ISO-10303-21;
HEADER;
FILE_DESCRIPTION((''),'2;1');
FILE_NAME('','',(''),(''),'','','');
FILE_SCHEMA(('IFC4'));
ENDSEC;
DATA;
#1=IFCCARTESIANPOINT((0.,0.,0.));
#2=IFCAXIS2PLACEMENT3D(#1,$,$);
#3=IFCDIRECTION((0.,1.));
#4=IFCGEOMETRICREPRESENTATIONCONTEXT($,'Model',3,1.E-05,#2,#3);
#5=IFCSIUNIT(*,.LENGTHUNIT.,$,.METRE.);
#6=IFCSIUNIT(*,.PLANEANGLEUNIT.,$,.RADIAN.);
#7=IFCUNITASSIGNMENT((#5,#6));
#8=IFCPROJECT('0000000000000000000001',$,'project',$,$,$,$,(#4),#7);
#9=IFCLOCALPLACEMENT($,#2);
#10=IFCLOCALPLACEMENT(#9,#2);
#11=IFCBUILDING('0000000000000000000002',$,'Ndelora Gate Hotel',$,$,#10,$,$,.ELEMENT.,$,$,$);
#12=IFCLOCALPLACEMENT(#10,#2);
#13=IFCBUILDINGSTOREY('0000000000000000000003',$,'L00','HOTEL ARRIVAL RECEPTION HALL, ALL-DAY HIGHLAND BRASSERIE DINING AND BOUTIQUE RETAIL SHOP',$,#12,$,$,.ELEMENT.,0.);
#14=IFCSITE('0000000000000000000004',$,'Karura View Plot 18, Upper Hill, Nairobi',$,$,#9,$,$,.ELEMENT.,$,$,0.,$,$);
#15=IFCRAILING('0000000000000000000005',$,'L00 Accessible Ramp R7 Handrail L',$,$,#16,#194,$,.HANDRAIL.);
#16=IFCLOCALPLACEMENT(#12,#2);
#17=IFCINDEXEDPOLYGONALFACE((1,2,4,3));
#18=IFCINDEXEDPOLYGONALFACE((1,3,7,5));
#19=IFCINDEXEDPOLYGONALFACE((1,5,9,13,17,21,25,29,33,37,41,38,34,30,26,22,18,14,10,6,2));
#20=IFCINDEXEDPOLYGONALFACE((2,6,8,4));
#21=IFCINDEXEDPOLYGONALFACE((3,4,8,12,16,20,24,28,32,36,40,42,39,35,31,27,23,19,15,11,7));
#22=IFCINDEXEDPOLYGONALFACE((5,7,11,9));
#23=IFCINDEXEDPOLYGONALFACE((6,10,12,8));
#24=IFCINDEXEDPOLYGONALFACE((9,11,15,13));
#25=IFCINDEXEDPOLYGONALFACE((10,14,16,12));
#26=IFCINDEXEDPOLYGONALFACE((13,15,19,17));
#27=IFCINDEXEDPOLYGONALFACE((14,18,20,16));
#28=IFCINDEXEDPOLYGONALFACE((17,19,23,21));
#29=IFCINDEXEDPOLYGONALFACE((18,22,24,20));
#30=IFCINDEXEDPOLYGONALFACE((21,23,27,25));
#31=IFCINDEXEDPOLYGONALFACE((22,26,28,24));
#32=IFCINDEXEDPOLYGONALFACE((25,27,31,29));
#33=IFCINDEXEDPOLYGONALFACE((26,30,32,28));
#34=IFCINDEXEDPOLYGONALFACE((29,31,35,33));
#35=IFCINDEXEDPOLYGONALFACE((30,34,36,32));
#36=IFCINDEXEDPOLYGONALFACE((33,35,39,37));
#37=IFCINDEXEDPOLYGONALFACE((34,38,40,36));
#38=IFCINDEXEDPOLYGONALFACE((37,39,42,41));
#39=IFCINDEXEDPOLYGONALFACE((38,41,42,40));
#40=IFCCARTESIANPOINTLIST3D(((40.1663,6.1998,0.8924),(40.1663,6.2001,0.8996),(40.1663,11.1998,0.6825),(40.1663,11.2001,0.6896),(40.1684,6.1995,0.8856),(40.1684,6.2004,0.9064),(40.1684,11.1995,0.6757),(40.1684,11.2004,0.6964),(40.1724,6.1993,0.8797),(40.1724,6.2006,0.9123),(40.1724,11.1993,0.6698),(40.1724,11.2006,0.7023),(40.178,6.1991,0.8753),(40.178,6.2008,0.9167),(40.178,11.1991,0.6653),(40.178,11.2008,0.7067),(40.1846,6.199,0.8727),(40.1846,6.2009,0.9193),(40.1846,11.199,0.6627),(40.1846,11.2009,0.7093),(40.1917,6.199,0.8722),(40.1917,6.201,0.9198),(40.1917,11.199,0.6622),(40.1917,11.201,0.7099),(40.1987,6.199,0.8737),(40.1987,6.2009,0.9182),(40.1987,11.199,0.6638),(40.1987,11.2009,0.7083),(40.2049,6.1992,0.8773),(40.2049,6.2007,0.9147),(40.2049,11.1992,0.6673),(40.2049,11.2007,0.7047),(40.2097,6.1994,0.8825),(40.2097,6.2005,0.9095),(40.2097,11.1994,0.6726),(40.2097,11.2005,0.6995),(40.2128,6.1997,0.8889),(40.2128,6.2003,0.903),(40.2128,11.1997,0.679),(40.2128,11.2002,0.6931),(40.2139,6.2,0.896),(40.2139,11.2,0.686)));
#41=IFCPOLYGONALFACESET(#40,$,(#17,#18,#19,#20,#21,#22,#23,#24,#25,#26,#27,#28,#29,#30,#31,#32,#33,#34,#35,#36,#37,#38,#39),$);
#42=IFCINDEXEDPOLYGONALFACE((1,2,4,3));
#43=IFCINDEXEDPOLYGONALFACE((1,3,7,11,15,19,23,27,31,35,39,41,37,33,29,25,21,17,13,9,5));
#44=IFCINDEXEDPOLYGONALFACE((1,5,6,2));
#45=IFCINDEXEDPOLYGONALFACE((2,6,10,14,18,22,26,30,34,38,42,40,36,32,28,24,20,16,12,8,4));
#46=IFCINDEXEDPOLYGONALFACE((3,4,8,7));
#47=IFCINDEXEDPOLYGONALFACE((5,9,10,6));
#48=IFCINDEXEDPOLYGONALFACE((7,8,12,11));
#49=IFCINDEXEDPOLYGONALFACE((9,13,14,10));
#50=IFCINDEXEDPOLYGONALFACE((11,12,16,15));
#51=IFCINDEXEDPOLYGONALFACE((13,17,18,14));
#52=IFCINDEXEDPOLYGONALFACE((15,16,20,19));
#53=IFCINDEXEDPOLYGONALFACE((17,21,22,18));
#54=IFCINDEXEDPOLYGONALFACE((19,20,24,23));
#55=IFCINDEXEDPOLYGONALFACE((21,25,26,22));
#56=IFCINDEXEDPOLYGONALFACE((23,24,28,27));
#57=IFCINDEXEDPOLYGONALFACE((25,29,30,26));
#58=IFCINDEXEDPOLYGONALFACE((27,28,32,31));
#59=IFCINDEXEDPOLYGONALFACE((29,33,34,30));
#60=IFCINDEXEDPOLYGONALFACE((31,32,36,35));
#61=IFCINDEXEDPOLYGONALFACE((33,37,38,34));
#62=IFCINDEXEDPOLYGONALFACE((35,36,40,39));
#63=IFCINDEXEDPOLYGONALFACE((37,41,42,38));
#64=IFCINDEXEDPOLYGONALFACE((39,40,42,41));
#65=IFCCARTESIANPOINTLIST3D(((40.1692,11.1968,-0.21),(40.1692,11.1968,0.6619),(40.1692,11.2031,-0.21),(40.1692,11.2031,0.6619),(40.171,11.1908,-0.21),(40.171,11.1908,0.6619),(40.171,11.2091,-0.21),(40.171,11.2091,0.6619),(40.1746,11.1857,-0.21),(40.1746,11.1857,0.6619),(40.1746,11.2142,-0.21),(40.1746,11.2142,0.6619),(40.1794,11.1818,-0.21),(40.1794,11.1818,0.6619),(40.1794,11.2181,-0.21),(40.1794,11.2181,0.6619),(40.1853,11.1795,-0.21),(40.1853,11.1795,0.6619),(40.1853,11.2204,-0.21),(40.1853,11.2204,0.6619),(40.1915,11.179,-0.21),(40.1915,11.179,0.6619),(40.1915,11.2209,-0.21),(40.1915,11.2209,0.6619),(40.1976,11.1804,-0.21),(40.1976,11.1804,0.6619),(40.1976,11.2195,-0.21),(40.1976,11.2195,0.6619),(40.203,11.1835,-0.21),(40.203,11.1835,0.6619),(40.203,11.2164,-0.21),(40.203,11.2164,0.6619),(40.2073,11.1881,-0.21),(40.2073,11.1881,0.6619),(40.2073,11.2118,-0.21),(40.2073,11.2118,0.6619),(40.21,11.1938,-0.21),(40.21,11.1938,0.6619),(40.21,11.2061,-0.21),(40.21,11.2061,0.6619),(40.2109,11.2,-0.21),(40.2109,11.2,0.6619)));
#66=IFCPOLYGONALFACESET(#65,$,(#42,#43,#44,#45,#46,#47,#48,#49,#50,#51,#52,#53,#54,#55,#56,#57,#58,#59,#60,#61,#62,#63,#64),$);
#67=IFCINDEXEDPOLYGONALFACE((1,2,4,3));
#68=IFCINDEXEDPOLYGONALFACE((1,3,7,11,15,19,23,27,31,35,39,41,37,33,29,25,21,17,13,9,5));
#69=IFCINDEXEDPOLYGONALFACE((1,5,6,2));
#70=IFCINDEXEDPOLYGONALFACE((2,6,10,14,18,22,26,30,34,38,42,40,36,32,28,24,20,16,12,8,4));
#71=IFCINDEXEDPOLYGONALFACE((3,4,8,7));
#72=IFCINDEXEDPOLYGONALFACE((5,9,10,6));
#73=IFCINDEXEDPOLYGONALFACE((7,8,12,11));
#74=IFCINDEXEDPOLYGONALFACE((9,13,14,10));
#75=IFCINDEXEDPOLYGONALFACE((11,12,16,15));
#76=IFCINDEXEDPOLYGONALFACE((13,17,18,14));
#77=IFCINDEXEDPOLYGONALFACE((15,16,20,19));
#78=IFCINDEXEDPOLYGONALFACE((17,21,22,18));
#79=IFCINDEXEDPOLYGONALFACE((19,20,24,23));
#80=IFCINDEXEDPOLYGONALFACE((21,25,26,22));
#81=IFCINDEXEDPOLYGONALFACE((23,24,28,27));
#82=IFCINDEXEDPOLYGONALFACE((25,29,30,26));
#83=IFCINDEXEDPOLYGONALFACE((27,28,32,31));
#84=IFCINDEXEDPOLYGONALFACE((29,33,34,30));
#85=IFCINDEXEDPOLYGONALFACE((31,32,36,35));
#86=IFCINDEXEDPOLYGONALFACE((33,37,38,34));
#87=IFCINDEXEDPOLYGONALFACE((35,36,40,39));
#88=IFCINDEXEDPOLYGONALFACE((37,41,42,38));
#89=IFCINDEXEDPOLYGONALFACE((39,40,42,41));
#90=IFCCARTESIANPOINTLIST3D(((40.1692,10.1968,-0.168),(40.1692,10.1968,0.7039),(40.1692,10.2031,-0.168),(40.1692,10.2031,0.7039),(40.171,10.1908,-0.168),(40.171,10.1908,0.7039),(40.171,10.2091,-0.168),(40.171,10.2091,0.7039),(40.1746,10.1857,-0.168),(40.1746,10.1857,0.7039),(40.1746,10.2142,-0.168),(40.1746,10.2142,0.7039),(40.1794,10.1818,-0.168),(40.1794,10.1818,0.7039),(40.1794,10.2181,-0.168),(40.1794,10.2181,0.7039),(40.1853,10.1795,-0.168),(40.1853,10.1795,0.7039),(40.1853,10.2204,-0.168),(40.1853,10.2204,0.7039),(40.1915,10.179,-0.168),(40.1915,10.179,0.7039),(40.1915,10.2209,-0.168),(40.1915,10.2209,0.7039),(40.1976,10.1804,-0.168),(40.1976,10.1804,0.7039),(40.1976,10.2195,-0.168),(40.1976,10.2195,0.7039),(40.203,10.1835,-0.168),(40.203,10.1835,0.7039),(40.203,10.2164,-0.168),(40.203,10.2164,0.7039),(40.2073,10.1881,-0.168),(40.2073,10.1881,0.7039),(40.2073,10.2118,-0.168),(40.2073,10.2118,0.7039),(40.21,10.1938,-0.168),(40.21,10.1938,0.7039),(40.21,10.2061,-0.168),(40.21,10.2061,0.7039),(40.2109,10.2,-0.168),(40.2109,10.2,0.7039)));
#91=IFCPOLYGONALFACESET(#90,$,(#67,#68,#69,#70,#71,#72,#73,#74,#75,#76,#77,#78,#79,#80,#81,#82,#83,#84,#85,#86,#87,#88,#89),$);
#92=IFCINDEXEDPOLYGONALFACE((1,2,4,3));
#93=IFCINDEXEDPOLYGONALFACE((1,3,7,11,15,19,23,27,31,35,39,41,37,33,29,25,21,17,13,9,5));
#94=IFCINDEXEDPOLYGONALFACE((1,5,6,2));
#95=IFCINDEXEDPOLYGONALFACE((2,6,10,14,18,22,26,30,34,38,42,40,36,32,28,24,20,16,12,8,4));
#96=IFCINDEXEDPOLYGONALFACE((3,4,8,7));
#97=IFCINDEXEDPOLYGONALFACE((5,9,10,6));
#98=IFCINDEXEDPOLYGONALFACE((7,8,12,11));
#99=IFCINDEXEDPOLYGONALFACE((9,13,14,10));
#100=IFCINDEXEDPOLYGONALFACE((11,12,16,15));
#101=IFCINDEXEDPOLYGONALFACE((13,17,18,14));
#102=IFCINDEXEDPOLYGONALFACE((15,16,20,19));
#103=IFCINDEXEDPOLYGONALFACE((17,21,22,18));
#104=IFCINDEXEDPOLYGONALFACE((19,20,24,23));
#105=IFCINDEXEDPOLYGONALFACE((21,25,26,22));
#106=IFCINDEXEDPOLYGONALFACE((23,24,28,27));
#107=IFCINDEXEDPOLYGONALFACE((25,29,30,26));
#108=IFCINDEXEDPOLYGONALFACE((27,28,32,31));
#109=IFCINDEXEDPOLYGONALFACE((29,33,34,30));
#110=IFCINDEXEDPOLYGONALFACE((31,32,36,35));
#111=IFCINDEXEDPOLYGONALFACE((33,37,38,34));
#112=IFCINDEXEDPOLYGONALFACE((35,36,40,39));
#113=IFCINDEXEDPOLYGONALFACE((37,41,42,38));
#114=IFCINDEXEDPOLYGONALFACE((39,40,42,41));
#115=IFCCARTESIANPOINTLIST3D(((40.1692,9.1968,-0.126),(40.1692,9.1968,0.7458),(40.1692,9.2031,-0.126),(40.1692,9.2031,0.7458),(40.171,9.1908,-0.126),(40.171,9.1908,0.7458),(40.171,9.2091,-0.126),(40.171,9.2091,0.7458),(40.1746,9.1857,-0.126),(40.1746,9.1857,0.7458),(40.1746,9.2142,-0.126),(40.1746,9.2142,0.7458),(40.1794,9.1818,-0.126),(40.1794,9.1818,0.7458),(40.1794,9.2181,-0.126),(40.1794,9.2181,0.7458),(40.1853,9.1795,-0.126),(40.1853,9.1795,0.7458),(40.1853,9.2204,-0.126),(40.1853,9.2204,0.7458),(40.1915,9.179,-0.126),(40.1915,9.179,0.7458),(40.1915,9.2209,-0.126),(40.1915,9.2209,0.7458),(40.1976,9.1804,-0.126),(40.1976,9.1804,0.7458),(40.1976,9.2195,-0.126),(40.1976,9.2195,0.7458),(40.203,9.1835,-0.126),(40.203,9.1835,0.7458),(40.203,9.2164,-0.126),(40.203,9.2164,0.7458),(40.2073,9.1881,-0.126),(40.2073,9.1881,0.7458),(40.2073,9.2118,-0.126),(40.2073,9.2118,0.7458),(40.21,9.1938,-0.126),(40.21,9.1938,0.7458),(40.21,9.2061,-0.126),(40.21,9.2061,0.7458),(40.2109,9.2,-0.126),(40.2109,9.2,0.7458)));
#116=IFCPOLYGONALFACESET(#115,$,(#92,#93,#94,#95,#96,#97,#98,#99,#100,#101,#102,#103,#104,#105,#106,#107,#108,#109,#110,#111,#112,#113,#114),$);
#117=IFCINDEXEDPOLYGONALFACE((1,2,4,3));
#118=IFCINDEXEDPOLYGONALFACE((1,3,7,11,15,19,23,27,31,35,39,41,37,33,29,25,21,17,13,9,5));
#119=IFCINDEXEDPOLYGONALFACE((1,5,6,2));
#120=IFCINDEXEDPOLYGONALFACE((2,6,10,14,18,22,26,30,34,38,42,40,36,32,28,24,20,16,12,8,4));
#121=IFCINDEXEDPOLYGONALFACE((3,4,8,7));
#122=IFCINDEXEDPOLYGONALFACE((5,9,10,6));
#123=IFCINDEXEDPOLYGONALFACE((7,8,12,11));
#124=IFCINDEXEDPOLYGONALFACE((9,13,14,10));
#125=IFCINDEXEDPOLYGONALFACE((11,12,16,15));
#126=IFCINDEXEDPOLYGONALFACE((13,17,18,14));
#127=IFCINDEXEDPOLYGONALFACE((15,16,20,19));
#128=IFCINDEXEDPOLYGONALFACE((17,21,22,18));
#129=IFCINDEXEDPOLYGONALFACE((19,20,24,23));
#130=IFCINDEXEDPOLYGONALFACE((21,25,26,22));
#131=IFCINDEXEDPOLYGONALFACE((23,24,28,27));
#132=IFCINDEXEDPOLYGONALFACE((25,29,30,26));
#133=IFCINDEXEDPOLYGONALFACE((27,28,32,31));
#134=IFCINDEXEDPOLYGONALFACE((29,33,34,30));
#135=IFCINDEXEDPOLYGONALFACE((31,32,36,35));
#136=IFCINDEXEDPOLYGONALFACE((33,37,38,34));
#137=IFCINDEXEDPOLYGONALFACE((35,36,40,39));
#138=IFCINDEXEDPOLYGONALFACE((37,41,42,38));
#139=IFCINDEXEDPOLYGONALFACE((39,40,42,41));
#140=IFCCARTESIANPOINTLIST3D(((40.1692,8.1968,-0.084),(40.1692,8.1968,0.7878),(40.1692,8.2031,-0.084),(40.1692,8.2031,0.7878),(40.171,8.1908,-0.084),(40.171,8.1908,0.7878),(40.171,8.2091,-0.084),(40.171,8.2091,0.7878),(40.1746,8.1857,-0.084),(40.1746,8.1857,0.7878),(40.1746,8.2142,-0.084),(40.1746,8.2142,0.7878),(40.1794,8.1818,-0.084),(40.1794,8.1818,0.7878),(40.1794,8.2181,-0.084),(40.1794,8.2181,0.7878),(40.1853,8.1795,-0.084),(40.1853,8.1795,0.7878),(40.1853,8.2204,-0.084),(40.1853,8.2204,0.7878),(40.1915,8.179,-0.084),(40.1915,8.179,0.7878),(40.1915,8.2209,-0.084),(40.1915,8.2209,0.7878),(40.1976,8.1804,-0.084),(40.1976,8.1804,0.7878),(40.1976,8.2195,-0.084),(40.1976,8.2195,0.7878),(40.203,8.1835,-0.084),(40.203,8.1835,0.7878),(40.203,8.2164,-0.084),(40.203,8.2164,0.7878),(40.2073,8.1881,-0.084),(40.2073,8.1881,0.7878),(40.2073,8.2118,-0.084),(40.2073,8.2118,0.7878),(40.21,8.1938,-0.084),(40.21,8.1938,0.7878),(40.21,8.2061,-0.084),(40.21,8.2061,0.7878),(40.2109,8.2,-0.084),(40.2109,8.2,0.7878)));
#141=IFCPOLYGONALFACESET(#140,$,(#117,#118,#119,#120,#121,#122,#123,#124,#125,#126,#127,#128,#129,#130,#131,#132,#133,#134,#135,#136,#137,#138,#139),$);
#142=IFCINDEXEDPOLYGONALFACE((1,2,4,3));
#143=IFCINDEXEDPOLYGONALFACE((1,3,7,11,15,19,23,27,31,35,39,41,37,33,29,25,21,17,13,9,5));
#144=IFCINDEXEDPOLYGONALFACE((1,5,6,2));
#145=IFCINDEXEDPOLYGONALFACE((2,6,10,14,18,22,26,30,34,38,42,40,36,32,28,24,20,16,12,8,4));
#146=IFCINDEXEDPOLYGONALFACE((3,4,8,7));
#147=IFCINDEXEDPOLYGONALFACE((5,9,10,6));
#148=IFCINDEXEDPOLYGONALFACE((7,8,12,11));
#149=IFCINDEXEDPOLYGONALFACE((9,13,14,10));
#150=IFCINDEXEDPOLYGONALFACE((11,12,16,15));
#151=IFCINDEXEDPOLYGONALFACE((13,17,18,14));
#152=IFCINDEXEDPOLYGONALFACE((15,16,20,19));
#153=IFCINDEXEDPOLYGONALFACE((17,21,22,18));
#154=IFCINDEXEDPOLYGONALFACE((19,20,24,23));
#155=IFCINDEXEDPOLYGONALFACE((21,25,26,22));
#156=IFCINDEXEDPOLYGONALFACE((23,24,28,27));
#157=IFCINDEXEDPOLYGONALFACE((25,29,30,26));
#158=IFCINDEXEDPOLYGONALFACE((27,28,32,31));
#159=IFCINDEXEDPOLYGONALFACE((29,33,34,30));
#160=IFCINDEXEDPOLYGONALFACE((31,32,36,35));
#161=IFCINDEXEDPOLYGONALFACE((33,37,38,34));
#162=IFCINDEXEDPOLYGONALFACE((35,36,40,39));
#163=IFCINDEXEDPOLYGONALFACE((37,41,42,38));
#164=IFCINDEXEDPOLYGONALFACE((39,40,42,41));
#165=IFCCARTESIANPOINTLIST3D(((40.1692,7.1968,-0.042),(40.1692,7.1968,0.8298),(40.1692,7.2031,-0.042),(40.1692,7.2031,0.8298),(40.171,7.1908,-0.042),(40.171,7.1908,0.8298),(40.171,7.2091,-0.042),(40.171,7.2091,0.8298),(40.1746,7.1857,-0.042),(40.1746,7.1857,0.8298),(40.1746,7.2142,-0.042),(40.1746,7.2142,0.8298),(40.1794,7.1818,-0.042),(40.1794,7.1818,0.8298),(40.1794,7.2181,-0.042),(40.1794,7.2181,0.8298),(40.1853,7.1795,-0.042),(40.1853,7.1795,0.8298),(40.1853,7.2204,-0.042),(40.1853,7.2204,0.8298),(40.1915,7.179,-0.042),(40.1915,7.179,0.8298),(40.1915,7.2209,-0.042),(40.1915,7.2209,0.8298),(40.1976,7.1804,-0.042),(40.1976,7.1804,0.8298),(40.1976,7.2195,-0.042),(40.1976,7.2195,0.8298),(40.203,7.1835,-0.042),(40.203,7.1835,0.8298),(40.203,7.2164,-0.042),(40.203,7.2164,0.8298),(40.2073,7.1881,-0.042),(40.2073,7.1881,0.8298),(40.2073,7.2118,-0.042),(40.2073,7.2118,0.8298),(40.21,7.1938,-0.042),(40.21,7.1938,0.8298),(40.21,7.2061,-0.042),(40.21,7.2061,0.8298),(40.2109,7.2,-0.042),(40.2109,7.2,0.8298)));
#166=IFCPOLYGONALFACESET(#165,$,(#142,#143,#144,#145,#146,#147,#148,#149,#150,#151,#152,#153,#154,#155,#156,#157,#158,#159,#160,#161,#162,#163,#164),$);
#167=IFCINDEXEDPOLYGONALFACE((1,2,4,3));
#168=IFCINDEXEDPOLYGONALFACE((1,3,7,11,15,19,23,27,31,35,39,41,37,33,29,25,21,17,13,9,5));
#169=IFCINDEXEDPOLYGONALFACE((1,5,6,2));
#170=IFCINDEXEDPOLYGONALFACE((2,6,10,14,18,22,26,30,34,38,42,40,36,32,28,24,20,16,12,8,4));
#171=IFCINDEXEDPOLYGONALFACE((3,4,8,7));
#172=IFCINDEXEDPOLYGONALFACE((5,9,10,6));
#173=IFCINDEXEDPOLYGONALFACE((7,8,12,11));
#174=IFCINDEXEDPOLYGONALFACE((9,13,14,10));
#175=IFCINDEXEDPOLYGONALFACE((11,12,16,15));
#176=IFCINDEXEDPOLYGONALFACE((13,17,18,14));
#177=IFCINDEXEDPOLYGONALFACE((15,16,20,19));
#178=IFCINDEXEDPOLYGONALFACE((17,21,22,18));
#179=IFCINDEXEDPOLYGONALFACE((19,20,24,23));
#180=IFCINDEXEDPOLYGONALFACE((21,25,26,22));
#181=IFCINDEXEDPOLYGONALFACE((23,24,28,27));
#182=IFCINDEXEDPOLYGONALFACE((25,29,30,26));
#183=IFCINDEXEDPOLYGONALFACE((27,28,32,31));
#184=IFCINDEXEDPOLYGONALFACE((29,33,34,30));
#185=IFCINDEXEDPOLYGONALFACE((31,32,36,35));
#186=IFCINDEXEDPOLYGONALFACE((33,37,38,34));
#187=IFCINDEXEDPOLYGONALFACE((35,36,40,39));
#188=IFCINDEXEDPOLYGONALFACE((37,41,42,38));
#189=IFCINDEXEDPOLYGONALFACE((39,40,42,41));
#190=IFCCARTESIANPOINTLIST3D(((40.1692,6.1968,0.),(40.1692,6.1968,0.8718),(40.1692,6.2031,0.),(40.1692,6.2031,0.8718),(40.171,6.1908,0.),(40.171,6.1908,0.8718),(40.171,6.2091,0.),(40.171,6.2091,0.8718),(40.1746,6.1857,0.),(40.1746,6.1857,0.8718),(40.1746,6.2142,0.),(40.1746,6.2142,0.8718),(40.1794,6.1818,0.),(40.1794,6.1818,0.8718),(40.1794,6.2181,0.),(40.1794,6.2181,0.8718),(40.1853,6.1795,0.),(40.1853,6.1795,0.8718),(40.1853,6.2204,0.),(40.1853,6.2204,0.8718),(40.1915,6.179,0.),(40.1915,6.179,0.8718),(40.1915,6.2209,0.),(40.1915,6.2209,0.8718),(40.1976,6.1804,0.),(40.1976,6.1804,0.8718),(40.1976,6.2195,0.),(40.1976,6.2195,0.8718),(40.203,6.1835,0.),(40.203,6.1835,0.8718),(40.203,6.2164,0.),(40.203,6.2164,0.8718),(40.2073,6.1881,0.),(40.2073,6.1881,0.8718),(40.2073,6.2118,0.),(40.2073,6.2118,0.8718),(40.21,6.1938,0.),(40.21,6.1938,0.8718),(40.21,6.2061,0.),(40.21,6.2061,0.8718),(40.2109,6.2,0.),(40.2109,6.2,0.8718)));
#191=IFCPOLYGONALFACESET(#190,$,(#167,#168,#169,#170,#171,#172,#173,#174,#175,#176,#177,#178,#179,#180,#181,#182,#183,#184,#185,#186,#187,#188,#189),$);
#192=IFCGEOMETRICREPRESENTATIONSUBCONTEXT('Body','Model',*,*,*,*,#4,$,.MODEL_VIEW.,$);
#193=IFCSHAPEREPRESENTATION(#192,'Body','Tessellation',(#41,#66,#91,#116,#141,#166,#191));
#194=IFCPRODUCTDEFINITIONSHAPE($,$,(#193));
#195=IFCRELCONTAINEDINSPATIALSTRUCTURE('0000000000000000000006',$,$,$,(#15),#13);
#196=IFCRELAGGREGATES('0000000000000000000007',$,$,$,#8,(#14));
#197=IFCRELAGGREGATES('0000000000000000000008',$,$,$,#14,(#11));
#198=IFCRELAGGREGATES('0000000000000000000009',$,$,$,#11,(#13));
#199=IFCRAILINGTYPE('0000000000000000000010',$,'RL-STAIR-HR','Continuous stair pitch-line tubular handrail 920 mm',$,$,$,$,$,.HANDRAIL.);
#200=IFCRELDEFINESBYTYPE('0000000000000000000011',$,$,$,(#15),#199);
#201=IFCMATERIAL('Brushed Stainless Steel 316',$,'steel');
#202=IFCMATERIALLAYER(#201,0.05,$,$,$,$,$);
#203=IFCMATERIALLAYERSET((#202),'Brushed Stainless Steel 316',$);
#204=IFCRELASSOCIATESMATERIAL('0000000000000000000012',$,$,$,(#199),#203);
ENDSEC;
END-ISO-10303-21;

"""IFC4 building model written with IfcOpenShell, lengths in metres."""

from ifc_helpers import new_model, si_unit, direction, frame, origin, origin_2d, place, context, subcontext, project, spatial, circle, extrude, material, layer, layer_set, type_object, element, save


model = new_model("IFC4")

# Units and contexts
model_context = context("Model", 3, precision=1e-05, world=origin(), true_north=direction((0.0, 1.0)))
body_context = subcontext(model_context, "Body", "Model", "MODEL_VIEW")
ifc_project = project(units=[si_unit("LENGTHUNIT", "METRE"), si_unit("PLANEANGLEUNIT", "RADIAN")], contexts=[model_context])

# Site, building, storey
site_placement = place(None, origin())
site = spatial("IfcSite", under=ifc_project, at=site_placement, Name="Karura View Plot 18, Upper Hill, Nairobi", CompositionType="ELEMENT", RefElevation=0.0)
building_placement = place(site_placement, origin())
building = spatial("IfcBuilding", under=site, at=building_placement, Name="Ndelora Gate Hotel", CompositionType="ELEMENT")
storey_placement = place(building_placement, origin())
storey = spatial("IfcBuildingStorey", under=building, at=storey_placement, Name="L00", Description="HOTEL ARRIVAL RECEPTION HALL, ALL-DAY HIGHLAND BRASSERIE DINING AND BOUTIQUE RETAIL SHOP", CompositionType="ELEMENT", Elevation=0.0)

# Railing
ifc_material_1 = material(Name="Brushed Stainless Steel 316", Category="steel")
ifc_layer_1 = layer(ifc_material_1, 0.05)
ifc_layer_set_1 = layer_set([ifc_layer_1], Name="Brushed Stainless Steel 316")
railing_type = type_object("IfcRailingType", Name="RL-STAIR-HR", Description="Continuous stair pitch-line tubular handrail 920 mm", PredefinedType="HANDRAIL", material=ifc_layer_set_1)
railing_placement = place(storey_placement, frame((40.1899, 11.2, -0.21)))
element("IfcRailing", 1, at=railing_placement, inside=storey, type_object=railing_type, Name="L00 Accessible Ramp R7 Handrail L", PredefinedType="HANDRAIL", context=body_context, shape_type="SweptSolid", body=[
    extrude(circle(Radius=0.0239, at=origin_2d()), frame((0.0, 0.0, 0.896), z_axis=(0.0, -0.999119, 0.041955), x_axis=(1.0, 0.0, 0.0)), (0.0, 0.0, 1.0), 5.0044),
    extrude(circle(Radius=0.021, at=origin_2d()), origin(), (0.0, 0.0, 1.0), 0.8718),
    extrude(circle(Radius=0.021, at=origin_2d()), frame((0.0, -1.0, 0.042)), (0.0, 0.0, 1.0), 0.8718),
    extrude(circle(Radius=0.021, at=origin_2d()), frame((0.0, -2.0, 0.084)), (0.0, 0.0, 1.0), 0.8718),
    extrude(circle(Radius=0.021, at=origin_2d()), frame((0.0, -3.0, 0.126)), (0.0, 0.0, 1.0), 0.8718),
    extrude(circle(Radius=0.021, at=origin_2d()), frame((0.0, -4.0, 0.168)), (0.0, 0.0, 1.0), 0.8718),
    extrude(circle(Radius=0.021, at=origin_2d()), frame((0.0, -5.0, 0.21)), (0.0, 0.0, 1.0), 0.8718),
])

save(model, "model.ifc")
